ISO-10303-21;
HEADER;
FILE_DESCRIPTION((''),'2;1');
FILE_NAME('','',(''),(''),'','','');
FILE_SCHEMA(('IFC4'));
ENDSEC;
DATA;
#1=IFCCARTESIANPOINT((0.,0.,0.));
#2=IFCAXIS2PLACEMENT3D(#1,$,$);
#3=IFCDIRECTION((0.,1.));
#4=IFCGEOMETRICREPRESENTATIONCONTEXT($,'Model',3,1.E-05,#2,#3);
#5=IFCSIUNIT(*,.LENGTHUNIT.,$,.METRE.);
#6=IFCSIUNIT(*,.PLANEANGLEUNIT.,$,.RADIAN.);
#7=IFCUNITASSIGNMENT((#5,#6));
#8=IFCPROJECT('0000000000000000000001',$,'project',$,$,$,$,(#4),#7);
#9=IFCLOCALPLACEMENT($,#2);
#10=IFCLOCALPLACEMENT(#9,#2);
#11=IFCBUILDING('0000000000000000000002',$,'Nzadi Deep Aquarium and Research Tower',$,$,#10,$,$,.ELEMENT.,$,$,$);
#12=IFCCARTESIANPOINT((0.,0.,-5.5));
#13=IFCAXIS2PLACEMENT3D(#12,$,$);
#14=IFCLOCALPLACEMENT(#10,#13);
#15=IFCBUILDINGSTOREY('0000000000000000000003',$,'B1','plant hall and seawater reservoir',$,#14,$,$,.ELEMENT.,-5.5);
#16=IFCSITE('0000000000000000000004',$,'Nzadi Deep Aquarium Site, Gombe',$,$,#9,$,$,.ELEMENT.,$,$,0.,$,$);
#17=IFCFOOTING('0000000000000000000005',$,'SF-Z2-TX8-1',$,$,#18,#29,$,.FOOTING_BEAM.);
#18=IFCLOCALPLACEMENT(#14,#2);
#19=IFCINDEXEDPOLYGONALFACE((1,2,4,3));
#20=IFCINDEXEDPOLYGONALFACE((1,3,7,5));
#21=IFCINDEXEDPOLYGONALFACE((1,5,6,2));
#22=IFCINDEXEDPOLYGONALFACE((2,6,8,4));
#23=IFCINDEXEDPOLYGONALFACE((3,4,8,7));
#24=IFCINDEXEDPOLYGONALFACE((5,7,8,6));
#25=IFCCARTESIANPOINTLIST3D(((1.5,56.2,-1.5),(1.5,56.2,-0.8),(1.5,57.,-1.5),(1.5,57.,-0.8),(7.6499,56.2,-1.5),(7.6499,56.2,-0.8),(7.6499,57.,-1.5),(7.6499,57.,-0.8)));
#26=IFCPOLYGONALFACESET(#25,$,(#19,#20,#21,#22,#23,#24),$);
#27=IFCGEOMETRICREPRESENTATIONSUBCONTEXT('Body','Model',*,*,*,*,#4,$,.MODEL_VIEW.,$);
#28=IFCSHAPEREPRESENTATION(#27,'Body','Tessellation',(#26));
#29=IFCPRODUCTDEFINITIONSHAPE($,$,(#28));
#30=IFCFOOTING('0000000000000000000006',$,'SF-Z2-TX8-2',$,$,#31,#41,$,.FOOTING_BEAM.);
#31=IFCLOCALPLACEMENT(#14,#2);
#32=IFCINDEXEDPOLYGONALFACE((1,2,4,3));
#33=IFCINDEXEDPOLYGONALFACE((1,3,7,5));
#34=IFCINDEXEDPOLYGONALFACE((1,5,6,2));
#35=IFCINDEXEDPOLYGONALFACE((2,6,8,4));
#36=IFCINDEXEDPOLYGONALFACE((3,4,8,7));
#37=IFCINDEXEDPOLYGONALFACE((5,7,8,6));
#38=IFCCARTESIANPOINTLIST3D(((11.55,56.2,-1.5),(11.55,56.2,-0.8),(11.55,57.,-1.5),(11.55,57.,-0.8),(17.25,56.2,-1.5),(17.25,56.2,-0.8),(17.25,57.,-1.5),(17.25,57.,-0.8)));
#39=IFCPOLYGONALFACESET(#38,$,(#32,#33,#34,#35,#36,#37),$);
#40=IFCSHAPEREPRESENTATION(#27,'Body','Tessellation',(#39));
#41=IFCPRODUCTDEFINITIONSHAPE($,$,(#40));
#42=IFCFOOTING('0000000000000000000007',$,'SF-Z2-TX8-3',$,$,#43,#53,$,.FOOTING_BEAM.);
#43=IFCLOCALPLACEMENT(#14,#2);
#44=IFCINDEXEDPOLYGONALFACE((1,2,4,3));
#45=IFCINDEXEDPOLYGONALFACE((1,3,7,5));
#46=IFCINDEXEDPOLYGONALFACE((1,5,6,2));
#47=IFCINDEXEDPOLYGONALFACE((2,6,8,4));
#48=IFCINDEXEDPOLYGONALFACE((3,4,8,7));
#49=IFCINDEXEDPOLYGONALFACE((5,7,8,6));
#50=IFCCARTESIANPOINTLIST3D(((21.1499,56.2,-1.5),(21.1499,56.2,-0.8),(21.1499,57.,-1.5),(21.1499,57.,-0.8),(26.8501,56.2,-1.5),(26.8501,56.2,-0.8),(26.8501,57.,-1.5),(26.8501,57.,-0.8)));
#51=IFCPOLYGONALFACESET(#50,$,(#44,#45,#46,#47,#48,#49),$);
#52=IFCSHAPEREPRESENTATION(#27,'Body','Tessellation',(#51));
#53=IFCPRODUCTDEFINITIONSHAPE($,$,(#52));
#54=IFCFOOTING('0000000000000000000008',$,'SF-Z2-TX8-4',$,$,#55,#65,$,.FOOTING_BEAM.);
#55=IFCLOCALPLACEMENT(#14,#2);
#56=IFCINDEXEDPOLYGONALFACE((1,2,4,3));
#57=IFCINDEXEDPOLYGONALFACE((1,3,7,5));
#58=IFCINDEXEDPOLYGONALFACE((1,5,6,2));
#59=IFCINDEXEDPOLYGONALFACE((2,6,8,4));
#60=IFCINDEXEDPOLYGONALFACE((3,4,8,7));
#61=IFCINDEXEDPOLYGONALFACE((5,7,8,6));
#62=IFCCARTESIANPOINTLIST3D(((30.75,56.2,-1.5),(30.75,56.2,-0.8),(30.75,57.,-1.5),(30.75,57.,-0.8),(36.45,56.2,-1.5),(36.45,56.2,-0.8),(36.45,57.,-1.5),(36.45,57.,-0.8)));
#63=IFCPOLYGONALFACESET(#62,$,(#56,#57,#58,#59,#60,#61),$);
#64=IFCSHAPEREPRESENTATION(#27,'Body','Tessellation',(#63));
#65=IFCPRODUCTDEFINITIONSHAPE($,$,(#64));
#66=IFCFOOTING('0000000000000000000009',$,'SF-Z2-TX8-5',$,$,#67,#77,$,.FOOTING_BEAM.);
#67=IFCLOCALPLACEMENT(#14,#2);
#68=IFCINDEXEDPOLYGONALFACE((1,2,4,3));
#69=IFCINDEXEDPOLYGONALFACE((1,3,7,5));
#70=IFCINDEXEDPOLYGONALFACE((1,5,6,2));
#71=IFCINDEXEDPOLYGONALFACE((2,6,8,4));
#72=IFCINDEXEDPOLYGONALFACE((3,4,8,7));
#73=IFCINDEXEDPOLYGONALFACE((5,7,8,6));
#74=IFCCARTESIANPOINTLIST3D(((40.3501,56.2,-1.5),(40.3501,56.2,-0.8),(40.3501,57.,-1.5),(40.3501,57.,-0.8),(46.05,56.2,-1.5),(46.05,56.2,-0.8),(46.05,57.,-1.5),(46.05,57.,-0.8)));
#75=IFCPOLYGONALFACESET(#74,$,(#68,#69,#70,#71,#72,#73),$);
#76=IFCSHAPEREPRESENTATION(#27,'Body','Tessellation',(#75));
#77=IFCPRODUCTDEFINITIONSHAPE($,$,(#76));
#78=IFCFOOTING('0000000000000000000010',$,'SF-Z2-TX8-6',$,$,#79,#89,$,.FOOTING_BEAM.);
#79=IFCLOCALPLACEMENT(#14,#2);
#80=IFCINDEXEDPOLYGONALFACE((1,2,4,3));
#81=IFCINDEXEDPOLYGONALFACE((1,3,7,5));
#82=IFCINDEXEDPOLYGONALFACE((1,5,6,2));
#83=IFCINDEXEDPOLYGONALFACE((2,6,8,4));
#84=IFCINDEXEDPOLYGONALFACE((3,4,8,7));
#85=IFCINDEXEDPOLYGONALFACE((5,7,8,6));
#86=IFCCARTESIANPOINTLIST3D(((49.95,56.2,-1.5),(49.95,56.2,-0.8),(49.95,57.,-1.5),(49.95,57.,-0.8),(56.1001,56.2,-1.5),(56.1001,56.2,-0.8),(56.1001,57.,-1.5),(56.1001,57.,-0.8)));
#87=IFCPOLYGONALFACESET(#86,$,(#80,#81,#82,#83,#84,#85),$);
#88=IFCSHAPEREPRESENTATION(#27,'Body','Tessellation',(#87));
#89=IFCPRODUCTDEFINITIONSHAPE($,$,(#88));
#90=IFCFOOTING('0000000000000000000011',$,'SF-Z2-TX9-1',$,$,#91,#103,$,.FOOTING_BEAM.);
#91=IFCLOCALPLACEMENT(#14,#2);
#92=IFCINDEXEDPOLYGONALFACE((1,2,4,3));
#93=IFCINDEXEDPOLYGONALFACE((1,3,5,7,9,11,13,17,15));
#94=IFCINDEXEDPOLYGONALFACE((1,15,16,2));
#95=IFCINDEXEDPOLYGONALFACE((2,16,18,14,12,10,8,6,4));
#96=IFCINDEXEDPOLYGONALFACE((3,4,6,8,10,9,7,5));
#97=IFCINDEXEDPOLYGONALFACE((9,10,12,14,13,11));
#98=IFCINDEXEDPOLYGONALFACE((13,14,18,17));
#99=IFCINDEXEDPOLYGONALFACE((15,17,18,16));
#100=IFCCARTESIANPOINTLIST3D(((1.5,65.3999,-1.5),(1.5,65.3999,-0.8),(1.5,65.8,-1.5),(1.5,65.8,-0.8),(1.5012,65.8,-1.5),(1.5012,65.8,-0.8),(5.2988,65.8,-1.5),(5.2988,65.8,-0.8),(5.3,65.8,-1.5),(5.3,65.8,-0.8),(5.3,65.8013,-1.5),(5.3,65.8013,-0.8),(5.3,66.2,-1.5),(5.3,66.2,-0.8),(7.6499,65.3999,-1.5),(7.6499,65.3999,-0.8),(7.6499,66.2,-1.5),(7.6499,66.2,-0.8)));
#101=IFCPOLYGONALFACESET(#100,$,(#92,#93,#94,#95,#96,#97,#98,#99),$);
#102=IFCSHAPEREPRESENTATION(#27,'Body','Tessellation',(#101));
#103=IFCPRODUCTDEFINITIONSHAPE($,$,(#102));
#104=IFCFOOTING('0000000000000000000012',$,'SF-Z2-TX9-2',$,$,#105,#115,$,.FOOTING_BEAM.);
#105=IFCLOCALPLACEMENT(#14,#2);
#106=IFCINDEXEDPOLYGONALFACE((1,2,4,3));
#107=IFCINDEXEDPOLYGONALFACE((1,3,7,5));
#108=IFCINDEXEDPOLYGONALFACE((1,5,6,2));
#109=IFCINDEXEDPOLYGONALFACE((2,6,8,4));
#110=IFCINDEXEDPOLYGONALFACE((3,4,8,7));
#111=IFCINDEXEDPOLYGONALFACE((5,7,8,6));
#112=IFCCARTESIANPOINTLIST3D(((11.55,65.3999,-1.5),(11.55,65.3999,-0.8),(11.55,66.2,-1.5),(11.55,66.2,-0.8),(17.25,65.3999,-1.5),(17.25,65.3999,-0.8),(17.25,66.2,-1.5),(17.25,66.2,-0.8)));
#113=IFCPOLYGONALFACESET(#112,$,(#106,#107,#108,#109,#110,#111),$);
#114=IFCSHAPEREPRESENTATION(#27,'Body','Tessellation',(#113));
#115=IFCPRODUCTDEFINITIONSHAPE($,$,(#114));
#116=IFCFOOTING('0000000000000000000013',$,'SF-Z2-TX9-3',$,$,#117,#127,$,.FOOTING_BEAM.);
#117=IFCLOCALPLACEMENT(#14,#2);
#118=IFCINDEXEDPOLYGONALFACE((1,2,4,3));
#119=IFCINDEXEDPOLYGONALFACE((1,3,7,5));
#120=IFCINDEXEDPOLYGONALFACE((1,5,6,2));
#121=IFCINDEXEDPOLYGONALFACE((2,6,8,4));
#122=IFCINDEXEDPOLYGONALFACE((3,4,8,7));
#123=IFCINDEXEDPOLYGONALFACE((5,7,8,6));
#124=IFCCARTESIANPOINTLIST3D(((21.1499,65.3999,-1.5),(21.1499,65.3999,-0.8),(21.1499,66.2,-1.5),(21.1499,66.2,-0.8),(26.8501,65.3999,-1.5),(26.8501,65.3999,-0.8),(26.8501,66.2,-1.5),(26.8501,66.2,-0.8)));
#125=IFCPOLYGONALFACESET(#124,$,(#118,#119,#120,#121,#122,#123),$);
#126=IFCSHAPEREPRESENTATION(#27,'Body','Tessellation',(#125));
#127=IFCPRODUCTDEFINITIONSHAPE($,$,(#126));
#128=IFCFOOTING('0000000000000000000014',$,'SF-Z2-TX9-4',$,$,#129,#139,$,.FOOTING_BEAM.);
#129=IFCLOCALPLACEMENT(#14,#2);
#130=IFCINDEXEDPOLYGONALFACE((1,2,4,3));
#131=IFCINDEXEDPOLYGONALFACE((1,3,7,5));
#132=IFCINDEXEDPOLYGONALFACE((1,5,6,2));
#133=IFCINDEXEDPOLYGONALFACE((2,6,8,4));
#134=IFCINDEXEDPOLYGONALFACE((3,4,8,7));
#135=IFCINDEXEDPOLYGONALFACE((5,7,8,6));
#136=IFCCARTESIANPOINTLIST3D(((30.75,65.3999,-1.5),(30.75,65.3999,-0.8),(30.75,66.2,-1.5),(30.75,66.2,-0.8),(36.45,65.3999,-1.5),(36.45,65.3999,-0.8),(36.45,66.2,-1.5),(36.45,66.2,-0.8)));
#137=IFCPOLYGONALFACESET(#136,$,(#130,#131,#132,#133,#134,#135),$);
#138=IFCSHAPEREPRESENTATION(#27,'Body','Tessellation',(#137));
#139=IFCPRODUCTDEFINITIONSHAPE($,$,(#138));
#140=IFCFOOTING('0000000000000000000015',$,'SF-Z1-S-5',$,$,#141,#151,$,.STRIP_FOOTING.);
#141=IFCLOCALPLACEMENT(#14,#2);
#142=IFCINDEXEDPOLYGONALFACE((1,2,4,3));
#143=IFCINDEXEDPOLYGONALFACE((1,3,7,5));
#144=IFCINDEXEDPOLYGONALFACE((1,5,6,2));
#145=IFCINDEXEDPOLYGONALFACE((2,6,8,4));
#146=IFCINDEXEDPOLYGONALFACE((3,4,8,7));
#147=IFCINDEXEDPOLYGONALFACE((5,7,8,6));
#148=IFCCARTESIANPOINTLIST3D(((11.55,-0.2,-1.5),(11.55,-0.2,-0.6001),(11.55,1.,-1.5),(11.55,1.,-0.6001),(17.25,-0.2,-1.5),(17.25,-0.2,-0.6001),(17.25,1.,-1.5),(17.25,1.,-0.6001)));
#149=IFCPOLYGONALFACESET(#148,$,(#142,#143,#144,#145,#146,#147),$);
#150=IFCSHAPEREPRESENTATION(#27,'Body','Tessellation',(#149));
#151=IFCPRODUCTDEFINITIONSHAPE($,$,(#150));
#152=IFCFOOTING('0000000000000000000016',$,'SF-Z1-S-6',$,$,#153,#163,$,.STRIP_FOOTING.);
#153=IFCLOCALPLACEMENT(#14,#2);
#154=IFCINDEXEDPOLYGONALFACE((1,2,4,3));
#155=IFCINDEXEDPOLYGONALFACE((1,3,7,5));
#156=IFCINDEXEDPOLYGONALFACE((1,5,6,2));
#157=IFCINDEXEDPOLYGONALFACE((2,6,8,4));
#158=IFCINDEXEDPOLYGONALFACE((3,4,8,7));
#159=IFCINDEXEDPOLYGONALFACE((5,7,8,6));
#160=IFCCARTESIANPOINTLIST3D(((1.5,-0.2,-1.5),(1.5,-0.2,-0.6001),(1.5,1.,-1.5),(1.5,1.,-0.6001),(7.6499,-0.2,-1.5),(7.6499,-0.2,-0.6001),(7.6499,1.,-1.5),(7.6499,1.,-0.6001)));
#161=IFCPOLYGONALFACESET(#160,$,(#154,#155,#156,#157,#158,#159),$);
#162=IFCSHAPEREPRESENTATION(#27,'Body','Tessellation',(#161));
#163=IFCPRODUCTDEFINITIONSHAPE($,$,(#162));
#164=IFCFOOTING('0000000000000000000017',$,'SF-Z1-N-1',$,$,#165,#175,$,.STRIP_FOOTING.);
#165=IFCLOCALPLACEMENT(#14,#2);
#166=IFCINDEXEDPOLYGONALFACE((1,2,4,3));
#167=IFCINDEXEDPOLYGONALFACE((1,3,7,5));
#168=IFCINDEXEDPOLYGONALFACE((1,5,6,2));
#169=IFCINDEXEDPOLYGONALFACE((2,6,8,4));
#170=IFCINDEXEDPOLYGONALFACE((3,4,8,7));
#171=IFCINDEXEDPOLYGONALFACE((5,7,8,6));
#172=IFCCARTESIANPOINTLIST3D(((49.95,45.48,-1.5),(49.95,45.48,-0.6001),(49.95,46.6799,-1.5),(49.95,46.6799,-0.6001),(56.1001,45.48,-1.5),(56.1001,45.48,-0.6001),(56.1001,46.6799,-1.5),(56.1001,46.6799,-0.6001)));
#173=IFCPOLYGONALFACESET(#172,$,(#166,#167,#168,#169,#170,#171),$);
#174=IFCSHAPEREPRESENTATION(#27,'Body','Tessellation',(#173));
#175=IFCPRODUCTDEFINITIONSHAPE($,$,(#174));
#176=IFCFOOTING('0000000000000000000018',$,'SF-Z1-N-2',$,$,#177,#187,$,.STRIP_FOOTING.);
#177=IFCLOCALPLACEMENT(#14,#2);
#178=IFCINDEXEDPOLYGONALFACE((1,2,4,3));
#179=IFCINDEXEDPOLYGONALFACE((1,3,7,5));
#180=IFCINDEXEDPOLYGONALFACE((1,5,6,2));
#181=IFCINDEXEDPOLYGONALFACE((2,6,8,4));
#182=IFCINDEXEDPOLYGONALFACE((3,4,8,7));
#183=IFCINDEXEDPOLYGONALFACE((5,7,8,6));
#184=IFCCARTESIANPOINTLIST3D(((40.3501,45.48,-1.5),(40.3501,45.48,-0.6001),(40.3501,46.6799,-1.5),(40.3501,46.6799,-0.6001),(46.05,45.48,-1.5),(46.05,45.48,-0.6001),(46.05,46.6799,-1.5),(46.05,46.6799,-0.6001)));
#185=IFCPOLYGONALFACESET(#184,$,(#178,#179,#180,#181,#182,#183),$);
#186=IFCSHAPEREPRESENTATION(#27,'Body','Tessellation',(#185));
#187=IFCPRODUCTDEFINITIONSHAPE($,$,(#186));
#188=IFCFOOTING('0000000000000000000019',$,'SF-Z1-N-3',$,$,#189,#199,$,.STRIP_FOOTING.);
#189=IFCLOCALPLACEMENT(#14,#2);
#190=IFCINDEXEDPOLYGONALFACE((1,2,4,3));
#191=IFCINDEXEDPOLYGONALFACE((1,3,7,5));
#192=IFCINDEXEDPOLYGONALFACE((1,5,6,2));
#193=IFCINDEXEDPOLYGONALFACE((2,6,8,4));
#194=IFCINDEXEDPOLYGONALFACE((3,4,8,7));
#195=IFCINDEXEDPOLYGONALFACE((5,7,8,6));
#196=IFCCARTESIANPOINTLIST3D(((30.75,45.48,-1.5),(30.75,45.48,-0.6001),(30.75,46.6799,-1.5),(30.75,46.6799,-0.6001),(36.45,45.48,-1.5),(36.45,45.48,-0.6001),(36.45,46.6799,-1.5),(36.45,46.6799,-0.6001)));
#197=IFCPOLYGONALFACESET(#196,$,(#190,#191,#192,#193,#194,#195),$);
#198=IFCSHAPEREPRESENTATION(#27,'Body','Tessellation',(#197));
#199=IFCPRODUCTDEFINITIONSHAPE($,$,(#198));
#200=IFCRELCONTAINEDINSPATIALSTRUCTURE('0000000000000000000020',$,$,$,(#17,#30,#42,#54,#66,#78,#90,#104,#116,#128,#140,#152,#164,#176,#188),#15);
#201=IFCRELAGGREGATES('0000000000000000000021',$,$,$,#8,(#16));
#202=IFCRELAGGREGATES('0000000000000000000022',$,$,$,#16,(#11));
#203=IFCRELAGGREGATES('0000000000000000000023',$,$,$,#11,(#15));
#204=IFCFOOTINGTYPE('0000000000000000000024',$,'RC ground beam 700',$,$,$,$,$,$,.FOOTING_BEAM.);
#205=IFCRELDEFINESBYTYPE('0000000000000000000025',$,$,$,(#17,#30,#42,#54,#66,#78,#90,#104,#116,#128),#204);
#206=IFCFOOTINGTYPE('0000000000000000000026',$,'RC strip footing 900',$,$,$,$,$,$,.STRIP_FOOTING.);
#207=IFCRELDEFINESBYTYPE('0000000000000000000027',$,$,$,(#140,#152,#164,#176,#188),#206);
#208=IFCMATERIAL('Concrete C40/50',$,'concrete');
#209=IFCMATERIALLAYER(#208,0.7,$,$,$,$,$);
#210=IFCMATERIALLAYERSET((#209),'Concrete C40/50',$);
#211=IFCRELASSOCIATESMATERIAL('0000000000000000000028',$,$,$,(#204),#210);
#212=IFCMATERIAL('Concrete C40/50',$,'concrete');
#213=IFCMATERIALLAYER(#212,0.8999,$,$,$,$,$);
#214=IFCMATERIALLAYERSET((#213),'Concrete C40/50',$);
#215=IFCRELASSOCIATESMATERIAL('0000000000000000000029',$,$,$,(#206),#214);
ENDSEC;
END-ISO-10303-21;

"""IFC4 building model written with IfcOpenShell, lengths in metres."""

from ifc_helpers import new_model, si_unit, direction, frame, origin, place, context, subcontext, project, spatial, polyline, outline, extrude, material, layer, layer_set, type_object, element, save


model = new_model("IFC4")

# Units and contexts
model_context = context("Model", 3, precision=1e-05, world=origin(), true_north=direction((0.0, 1.0)))
body_context = subcontext(model_context, "Body", "Model", "MODEL_VIEW")
ifc_project = project(units=[si_unit("LENGTHUNIT", "METRE"), si_unit("PLANEANGLEUNIT", "RADIAN")], contexts=[model_context])

# Site, building, storey
site_placement = place(None, origin())
site = spatial("IfcSite", under=ifc_project, at=site_placement, Name="Nzadi Deep Aquarium Site, Gombe", CompositionType="ELEMENT", RefElevation=0.0)
building_placement = place(site_placement, origin())
building = spatial("IfcBuilding", under=site, at=building_placement, Name="Nzadi Deep Aquarium and Research Tower", CompositionType="ELEMENT")
storey_placement = place(building_placement, frame((0.0, 0.0, -5.5)))
storey = spatial("IfcBuildingStorey", under=building, at=storey_placement, Name="B1", Description="plant hall and seawater reservoir", CompositionType="ELEMENT", Elevation=-5.5)

# Footings
ifc_material_1 = material(Name="Concrete C40/50", Category="concrete")
ifc_layer_1 = layer(ifc_material_1, 0.7)
ifc_layer_set_1 = layer_set([ifc_layer_1], Name="Concrete C40/50")
footing_type_1 = type_object("IfcFootingType", Name="RC ground beam 700", PredefinedType="FOOTING_BEAM", material=ifc_layer_set_1)
footing_1_placement = place(storey_placement, frame((0.0, 0.0, -1.5)))
element("IfcFooting", 1, at=footing_1_placement, inside=storey, type_object=footing_type_1, Name="SF-Z2-TX8-1", PredefinedType="FOOTING_BEAM", context=body_context, shape_type="SweptSolid", body=[
    extrude(outline(polyline([(7.6499, 57.0), (1.5, 57.0), (1.5, 56.2), (7.6499, 56.2), (7.6499, 57.0)])), origin(), (0.0, 0.0, 1.0), 0.7),
])
footing_2_placement = place(storey_placement, frame((0.0, 0.0, -1.5)))
element("IfcFooting", 2, at=footing_2_placement, inside=storey, type_object=footing_type_1, Name="SF-Z2-TX8-2", PredefinedType="FOOTING_BEAM", context=body_context, shape_type="SweptSolid", body=[
    extrude(outline(polyline([(17.25, 57.0), (11.55, 57.0), (11.55, 56.2), (17.25, 56.2), (17.25, 57.0)])), origin(), (0.0, 0.0, 1.0), 0.7),
])
footing_3_placement = place(storey_placement, frame((0.0, 0.0, -1.5)))
element("IfcFooting", 3, at=footing_3_placement, inside=storey, type_object=footing_type_1, Name="SF-Z2-TX8-3", PredefinedType="FOOTING_BEAM", context=body_context, shape_type="SweptSolid", body=[
    extrude(outline(polyline([(26.8501, 57.0), (21.1499, 57.0), (21.1499, 56.2), (26.8501, 56.2), (26.8501, 57.0)])), origin(), (0.0, 0.0, 1.0), 0.7),
])
footing_4_placement = place(storey_placement, frame((0.0, 0.0, -1.5)))
element("IfcFooting", 4, at=footing_4_placement, inside=storey, type_object=footing_type_1, Name="SF-Z2-TX8-4", PredefinedType="FOOTING_BEAM", context=body_context, shape_type="SweptSolid", body=[
    extrude(outline(polyline([(36.45, 57.0), (30.75, 57.0), (30.75, 56.2), (36.45, 56.2), (36.45, 57.0)])), origin(), (0.0, 0.0, 1.0), 0.7),
])
footing_5_placement = place(storey_placement, frame((0.0, 0.0, -1.5)))
element("IfcFooting", 5, at=footing_5_placement, inside=storey, type_object=footing_type_1, Name="SF-Z2-TX8-5", PredefinedType="FOOTING_BEAM", context=body_context, shape_type="SweptSolid", body=[
    extrude(outline(polyline([(46.05, 57.0), (40.3501, 57.0), (40.3501, 56.2), (46.05, 56.2), (46.05, 57.0)])), origin(), (0.0, 0.0, 1.0), 0.7),
])
footing_6_placement = place(storey_placement, frame((0.0, 0.0, -1.5)))
element("IfcFooting", 6, at=footing_6_placement, inside=storey, type_object=footing_type_1, Name="SF-Z2-TX8-6", PredefinedType="FOOTING_BEAM", context=body_context, shape_type="SweptSolid", body=[
    extrude(outline(polyline([(56.1001, 56.2), (56.1001, 57.0), (49.95, 57.0), (49.95, 56.2), (56.1001, 56.2)])), origin(), (0.0, 0.0, 1.0), 0.7),
])
footing_7_placement = place(storey_placement, frame((0.0, 0.0, -1.5)))
element("IfcFooting", 7, at=footing_7_placement, inside=storey, type_object=footing_type_1, Name="SF-Z2-TX9-1", PredefinedType="FOOTING_BEAM", context=body_context, shape_type="SweptSolid", body=[
    extrude(outline(polyline([(7.6499, 66.2), (5.3, 66.2), (5.3, 65.8013), (5.3, 65.8), (5.2988, 65.8), (1.5012, 65.8), (1.5, 65.8), (1.5, 65.8013), (1.5, 65.3999), (7.6499, 65.3999), (7.6499, 66.2)])), origin(), (0.0, 0.0, 1.0), 0.7),
])
footing_8_placement = place(storey_placement, frame((0.0, 0.0, -1.5)))
element("IfcFooting", 8, at=footing_8_placement, inside=storey, type_object=footing_type_1, Name="SF-Z2-TX9-2", PredefinedType="FOOTING_BEAM", context=body_context, shape_type="SweptSolid", body=[
    extrude(outline(polyline([(17.25, 66.2), (11.55, 66.2), (11.55, 65.3999), (17.25, 65.3999), (17.25, 66.2)])), origin(), (0.0, 0.0, 1.0), 0.7),
])
footing_9_placement = place(storey_placement, frame((0.0, 0.0, -1.5)))
element("IfcFooting", 9, at=footing_9_placement, inside=storey, type_object=footing_type_1, Name="SF-Z2-TX9-3", PredefinedType="FOOTING_BEAM", context=body_context, shape_type="SweptSolid", body=[
    extrude(outline(polyline([(26.8501, 66.2), (21.1499, 66.2), (21.1499, 65.3999), (26.8501, 65.3999), (26.8501, 66.2)])), origin(), (0.0, 0.0, 1.0), 0.7),
])
footing_10_placement = place(storey_placement, frame((0.0, 0.0, -1.5)))
element("IfcFooting", 10, at=footing_10_placement, inside=storey, type_object=footing_type_1, Name="SF-Z2-TX9-4", PredefinedType="FOOTING_BEAM", context=body_context, shape_type="SweptSolid", body=[
    extrude(outline(polyline([(36.45, 66.2), (30.75, 66.2), (30.75, 65.3999), (36.45, 65.3999), (36.45, 66.2)])), origin(), (0.0, 0.0, 1.0), 0.7),
])
ifc_material_2 = material(Name="Concrete C40/50", Category="concrete")
ifc_layer_2 = layer(ifc_material_2, 0.8999)
ifc_layer_set_2 = layer_set([ifc_layer_2], Name="Concrete C40/50")
footing_type_2 = type_object("IfcFootingType", Name="RC strip footing 900", PredefinedType="STRIP_FOOTING", material=ifc_layer_set_2)
footing_11_placement = place(storey_placement, frame((0.0, 0.0, -1.5)))
element("IfcFooting", 11, at=footing_11_placement, inside=storey, type_object=footing_type_2, Name="SF-Z1-S-5", PredefinedType="STRIP_FOOTING", context=body_context, shape_type="SweptSolid", body=[
    extrude(outline(polyline([(17.25, 1.0), (11.55, 1.0), (11.55, -0.2), (17.25, -0.2), (17.25, 1.0)])), origin(), (0.0, 0.0, 1.0), 0.8999),
])
footing_12_placement = place(storey_placement, frame((0.0, 0.0, -1.5)))
element("IfcFooting", 12, at=footing_12_placement, inside=storey, type_object=footing_type_2, Name="SF-Z1-S-6", PredefinedType="STRIP_FOOTING", context=body_context, shape_type="SweptSolid", body=[
    extrude(outline(polyline([(1.5, -0.2), (7.6499, -0.2), (7.6499, 1.0), (1.5, 1.0), (1.5, -0.2)])), origin(), (0.0, 0.0, 1.0), 0.8999),
])
footing_13_placement = place(storey_placement, frame((0.0, 0.0, -1.5)))
element("IfcFooting", 13, at=footing_13_placement, inside=storey, type_object=footing_type_2, Name="SF-Z1-N-1", PredefinedType="STRIP_FOOTING", context=body_context, shape_type="SweptSolid", body=[
    extrude(outline(polyline([(56.1001, 46.6799), (49.95, 46.6799), (49.95, 45.48), (56.1001, 45.48), (56.1001, 46.6799)])), origin(), (0.0, 0.0, 1.0), 0.8999),
])
footing_14_placement = place(storey_placement, frame((0.0, 0.0, -1.5)))
element("IfcFooting", 14, at=footing_14_placement, inside=storey, type_object=footing_type_2, Name="SF-Z1-N-2", PredefinedType="STRIP_FOOTING", context=body_context, shape_type="SweptSolid", body=[
    extrude(outline(polyline([(46.05, 46.6799), (40.3501, 46.6799), (40.3501, 45.48), (46.05, 45.48), (46.05, 46.6799)])), origin(), (0.0, 0.0, 1.0), 0.8999),
])
footing_15_placement = place(storey_placement, frame((0.0, 0.0, -1.5)))
element("IfcFooting", 15, at=footing_15_placement, inside=storey, type_object=footing_type_2, Name="SF-Z1-N-3", PredefinedType="STRIP_FOOTING", context=body_context, shape_type="SweptSolid", body=[
    extrude(outline(polyline([(36.45, 46.6799), (30.75, 46.6799), (30.75, 45.48), (36.45, 45.48), (36.45, 46.6799)])), origin(), (0.0, 0.0, 1.0), 0.8999),
])

save(model, "model.ifc")
